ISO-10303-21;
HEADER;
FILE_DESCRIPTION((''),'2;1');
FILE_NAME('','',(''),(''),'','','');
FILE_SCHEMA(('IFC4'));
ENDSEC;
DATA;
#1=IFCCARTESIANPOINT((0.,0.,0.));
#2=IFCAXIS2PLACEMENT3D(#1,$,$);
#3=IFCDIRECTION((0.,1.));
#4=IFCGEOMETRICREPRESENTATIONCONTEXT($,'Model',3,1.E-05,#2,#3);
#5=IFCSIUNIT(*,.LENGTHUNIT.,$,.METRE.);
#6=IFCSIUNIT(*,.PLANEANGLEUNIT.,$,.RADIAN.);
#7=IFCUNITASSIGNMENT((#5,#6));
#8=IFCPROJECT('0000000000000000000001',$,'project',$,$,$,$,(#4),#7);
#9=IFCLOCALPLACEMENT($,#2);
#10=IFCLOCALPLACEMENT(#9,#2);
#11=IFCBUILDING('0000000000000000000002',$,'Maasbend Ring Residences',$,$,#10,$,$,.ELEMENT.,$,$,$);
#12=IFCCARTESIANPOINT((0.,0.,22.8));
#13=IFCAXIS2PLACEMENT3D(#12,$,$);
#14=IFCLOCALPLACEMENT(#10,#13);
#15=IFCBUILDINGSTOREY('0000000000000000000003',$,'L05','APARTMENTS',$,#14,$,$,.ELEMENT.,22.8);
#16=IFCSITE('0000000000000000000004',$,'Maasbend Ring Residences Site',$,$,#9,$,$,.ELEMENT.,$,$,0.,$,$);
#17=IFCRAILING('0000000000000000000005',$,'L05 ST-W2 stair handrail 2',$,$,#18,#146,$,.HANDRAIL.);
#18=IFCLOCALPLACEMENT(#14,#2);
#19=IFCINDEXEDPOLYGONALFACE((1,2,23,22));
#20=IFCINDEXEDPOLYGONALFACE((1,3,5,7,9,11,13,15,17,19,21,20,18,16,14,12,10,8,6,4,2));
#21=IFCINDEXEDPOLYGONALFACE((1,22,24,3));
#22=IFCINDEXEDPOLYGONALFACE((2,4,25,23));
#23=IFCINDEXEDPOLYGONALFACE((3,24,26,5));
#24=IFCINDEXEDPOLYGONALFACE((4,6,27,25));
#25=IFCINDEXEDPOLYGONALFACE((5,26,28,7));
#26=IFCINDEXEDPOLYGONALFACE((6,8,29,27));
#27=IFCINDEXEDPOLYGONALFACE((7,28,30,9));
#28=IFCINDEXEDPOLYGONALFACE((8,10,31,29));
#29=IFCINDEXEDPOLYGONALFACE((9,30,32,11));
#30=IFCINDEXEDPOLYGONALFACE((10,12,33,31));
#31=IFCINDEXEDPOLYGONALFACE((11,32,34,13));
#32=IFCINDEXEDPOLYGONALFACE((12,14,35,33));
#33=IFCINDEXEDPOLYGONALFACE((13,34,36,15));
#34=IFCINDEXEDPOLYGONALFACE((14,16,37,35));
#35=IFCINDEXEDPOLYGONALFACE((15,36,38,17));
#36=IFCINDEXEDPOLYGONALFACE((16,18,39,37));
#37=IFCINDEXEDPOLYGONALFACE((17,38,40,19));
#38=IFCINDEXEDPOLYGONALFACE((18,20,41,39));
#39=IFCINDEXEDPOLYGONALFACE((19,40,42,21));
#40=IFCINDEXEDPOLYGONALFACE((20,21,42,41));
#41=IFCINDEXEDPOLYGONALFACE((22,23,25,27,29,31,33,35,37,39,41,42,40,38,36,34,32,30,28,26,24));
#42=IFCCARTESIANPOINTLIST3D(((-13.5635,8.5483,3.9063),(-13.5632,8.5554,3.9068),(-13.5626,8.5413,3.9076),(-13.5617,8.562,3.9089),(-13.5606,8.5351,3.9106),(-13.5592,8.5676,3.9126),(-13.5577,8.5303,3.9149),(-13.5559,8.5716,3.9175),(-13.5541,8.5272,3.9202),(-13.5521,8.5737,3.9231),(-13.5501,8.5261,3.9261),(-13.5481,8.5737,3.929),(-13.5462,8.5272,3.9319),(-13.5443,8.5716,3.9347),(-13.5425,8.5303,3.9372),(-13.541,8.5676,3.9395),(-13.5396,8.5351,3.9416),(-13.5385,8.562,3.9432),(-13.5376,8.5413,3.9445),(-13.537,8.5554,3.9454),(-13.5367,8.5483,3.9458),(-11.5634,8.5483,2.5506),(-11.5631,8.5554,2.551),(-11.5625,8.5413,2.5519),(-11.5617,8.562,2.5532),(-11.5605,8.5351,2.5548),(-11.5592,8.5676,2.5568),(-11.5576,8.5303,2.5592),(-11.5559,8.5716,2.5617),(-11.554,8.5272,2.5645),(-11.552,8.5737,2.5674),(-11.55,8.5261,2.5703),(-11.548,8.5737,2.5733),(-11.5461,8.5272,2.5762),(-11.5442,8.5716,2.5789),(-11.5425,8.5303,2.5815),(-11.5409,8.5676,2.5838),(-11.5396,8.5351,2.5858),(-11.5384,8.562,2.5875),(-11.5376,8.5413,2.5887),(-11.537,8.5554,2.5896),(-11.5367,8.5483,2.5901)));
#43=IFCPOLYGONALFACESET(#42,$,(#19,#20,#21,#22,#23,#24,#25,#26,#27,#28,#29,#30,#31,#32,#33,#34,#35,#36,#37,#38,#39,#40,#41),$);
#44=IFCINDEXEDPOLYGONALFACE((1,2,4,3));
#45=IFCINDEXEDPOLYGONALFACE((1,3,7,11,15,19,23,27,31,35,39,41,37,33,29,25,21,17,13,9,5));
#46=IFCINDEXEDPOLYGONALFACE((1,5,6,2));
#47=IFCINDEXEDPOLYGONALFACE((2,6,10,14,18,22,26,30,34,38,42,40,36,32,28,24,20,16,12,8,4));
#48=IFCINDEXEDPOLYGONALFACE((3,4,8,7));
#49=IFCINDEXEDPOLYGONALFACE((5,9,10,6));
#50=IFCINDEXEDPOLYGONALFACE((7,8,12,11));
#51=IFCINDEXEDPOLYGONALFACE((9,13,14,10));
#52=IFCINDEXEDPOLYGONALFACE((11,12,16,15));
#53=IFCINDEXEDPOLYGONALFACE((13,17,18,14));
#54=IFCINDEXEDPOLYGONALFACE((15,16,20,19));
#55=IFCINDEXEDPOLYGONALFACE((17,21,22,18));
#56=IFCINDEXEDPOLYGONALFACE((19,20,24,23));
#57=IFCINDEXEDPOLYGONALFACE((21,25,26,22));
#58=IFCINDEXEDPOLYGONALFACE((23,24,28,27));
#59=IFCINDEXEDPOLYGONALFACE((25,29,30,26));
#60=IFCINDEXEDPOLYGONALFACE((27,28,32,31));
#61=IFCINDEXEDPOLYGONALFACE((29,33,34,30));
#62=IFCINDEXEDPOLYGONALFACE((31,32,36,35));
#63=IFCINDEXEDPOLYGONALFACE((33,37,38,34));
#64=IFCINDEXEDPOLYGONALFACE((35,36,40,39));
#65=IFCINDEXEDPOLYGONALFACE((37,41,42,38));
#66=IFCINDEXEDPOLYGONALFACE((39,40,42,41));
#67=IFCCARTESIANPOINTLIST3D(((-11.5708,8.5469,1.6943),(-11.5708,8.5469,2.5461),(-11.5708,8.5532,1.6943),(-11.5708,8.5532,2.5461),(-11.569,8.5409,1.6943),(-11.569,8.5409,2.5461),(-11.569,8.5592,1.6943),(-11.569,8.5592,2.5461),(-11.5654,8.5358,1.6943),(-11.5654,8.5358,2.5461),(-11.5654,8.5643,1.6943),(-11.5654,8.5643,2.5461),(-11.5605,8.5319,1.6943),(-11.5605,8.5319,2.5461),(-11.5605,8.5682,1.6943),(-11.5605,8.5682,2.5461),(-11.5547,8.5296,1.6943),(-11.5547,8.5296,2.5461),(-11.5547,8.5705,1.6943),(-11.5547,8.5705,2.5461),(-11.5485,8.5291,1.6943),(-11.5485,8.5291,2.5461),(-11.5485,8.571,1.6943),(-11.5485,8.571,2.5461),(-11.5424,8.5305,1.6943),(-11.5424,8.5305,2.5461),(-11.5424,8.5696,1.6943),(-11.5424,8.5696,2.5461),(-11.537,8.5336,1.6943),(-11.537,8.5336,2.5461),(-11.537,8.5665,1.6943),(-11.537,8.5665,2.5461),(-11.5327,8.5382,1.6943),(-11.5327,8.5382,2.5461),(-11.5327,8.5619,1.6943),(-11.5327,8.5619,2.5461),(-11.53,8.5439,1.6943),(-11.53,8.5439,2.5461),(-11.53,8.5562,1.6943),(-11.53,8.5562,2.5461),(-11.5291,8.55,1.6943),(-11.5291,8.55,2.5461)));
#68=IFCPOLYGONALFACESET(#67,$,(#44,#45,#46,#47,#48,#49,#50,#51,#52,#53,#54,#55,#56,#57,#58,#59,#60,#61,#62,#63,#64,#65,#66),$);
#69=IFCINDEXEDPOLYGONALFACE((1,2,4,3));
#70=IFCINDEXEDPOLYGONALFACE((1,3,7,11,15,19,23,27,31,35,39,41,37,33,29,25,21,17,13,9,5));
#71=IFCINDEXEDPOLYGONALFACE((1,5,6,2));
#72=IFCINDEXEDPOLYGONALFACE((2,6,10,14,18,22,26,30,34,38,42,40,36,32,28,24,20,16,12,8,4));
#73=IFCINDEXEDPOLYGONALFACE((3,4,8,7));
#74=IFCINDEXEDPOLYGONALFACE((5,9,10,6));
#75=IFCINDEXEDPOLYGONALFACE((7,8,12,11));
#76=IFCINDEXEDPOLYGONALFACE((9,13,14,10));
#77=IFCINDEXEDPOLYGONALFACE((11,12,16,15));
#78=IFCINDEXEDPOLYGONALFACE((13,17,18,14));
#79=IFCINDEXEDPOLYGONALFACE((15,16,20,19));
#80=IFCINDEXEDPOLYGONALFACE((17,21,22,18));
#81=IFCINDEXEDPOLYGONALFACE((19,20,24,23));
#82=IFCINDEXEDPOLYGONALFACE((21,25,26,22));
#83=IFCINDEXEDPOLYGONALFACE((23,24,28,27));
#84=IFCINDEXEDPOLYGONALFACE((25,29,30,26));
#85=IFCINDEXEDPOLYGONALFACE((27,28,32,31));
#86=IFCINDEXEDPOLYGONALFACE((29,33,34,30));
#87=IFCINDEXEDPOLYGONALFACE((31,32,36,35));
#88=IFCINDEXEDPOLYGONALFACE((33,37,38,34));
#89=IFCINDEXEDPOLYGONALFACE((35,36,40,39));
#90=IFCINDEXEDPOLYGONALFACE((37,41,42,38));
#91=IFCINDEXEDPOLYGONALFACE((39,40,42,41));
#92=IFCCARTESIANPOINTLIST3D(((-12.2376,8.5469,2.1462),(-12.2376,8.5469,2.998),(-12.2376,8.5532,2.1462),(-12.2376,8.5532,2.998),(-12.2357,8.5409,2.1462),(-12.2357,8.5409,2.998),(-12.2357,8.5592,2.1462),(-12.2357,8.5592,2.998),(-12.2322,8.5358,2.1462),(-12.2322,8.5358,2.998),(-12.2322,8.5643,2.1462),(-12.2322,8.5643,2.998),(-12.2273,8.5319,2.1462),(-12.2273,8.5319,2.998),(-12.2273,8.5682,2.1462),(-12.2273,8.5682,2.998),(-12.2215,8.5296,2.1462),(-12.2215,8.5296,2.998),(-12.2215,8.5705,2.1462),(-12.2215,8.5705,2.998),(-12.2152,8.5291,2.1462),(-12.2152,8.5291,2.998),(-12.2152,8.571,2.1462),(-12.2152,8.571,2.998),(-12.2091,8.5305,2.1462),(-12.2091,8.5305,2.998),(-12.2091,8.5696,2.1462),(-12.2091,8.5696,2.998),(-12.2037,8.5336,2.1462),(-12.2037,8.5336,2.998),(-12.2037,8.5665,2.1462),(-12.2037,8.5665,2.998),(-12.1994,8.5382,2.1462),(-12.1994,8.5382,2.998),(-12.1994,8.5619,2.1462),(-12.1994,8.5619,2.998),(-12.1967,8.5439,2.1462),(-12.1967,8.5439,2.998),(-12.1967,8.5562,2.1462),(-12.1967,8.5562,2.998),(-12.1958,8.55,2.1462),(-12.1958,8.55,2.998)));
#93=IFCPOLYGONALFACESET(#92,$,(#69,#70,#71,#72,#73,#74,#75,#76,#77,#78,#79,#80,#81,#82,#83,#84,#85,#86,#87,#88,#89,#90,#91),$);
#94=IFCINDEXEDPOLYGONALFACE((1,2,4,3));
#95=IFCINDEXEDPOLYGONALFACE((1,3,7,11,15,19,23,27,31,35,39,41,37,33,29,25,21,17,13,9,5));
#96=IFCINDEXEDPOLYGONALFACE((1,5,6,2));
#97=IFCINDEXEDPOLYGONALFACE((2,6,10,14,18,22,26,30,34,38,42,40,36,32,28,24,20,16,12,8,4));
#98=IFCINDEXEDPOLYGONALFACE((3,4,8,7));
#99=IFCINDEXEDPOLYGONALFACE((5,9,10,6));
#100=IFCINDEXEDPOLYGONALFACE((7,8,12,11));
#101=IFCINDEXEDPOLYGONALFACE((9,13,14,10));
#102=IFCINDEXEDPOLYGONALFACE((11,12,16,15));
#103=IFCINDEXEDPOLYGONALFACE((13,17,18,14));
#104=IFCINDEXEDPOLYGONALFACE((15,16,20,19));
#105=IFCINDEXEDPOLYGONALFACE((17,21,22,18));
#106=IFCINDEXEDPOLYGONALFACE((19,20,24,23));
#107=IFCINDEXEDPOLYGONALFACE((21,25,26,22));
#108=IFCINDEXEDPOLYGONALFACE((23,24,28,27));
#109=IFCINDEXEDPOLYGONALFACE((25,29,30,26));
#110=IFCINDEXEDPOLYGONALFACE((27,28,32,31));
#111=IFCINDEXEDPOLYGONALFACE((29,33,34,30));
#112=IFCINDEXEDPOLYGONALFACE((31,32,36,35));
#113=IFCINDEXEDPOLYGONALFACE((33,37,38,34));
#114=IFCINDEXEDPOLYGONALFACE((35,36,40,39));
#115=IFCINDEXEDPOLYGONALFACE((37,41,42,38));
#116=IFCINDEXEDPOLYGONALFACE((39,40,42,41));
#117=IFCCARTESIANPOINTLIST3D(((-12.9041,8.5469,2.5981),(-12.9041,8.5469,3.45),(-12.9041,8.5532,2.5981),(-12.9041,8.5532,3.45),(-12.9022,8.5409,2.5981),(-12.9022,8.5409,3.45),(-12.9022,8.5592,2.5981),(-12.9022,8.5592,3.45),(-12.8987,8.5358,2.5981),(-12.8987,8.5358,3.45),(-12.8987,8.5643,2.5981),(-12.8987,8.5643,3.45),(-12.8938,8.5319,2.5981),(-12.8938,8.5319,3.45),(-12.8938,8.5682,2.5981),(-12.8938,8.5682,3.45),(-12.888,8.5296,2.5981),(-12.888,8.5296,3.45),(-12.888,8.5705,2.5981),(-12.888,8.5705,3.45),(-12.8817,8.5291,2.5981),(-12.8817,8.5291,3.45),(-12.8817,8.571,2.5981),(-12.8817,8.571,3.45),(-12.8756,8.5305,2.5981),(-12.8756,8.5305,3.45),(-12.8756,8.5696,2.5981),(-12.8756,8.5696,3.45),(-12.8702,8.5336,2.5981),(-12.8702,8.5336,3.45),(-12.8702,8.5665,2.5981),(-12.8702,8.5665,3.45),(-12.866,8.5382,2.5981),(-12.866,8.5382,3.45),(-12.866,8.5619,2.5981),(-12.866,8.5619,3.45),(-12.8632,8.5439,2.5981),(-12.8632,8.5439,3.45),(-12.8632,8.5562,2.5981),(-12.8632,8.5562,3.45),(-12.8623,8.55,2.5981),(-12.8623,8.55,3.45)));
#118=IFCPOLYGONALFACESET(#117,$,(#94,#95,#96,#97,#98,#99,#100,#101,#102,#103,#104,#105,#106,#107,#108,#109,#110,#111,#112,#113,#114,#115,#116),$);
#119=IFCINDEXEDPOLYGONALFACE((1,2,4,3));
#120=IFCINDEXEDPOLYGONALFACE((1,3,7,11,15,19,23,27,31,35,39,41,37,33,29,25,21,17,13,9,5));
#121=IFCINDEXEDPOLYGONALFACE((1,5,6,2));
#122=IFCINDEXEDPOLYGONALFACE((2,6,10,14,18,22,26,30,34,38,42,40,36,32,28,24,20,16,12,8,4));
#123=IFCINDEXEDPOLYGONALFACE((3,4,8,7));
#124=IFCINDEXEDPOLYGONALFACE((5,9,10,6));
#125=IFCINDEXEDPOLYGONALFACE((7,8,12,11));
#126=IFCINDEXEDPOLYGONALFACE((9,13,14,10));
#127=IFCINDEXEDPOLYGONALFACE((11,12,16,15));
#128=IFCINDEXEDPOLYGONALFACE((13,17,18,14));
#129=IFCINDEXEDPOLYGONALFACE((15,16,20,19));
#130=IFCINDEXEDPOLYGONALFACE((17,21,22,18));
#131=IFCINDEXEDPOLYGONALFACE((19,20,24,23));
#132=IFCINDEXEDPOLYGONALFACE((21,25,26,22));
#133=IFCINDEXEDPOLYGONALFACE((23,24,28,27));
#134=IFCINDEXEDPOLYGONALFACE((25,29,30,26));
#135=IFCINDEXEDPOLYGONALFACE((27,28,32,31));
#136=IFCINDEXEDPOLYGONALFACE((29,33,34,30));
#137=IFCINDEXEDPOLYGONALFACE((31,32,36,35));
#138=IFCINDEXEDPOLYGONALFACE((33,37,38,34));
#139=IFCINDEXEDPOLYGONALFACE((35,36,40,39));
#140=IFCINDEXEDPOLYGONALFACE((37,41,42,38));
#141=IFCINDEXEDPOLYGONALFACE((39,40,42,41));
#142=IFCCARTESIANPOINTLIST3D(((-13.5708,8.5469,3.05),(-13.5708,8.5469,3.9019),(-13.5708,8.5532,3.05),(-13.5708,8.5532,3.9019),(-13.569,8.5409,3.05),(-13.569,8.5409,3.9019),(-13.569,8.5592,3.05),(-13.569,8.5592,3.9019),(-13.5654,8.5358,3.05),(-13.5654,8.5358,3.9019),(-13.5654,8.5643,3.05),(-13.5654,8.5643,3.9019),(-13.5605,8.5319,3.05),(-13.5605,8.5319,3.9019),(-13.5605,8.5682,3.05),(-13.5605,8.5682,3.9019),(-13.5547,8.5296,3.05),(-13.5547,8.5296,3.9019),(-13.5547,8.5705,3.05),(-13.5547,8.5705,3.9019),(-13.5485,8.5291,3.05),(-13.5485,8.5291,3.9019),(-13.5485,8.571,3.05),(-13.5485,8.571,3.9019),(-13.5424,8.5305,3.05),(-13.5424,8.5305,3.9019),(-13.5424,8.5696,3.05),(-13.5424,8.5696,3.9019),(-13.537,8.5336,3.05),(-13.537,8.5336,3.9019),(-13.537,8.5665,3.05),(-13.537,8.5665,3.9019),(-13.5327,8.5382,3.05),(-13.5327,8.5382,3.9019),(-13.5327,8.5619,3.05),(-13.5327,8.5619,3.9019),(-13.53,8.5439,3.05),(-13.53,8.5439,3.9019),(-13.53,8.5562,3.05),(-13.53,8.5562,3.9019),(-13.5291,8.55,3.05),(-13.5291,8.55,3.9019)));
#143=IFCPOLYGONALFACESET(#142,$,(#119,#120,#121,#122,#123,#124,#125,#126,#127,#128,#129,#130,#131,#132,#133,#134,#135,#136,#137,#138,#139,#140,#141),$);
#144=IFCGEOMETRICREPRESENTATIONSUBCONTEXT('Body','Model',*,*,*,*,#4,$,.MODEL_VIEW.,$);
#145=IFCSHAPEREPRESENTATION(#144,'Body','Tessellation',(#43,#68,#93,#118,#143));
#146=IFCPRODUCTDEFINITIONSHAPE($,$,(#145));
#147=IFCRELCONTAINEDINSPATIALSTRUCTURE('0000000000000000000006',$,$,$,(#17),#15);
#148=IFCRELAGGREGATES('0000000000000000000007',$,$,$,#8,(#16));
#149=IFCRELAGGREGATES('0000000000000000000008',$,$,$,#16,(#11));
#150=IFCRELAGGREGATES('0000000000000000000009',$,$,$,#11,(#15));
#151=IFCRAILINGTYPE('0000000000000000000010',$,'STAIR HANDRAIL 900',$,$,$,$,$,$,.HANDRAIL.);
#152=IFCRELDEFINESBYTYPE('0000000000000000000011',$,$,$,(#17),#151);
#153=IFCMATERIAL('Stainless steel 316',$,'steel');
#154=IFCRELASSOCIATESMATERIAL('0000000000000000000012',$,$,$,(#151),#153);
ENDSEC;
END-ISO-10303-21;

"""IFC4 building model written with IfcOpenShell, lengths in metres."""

from ifc_helpers import new_model, si_unit, direction, frame, origin, origin_2d, place, context, subcontext, project, spatial, circle, extrude, material, type_object, element, save


model = new_model("IFC4")

# Units and contexts
model_context = context("Model", 3, precision=1e-05, world=origin(), true_north=direction((0.0, 1.0)))
body_context = subcontext(model_context, "Body", "Model", "MODEL_VIEW")
ifc_project = project(units=[si_unit("LENGTHUNIT", "METRE"), si_unit("PLANEANGLEUNIT", "RADIAN")], contexts=[model_context])

# Site, building, storey
site_placement = place(None, origin())
site = spatial("IfcSite", under=ifc_project, at=site_placement, Name="Maasbend Ring Residences Site", CompositionType="ELEMENT", RefElevation=0.0)
building_placement = place(site_placement, origin())
building = spatial("IfcBuilding", under=site, at=building_placement, Name="Maasbend Ring Residences", CompositionType="ELEMENT")
storey_placement = place(building_placement, frame((0.0, 0.0, 22.8)))
storey = spatial("IfcBuildingStorey", under=building, at=storey_placement, Name="L05", Description="APARTMENTS", CompositionType="ELEMENT", Elevation=22.8)

# Railing
ifc_material_1 = material(Name="Stainless steel 316", Category="steel")
railing_type_1 = type_object("IfcRailingType", Name="STAIR HANDRAIL 900", PredefinedType="HANDRAIL", material=ifc_material_1)
railing_1_placement = place(storey_placement, frame((-11.55, 8.55, 1.6943)))
element("IfcRailing", 1, at=railing_1_placement, inside=storey, type_object=railing_type_1, Name="L05 ST-W2 stair handrail 2", PredefinedType="HANDRAIL", context=body_context, shape_type="SweptSolid", body=[
    extrude(circle(Radius=0.0239, at=origin_2d()), frame((0.0, 0.0, 0.876), z_axis=(-0.827751, 0.0, 0.561096), x_axis=(0.0, -1.0, 0.0)), (0.0, 0.0, 1.0), 2.4163),
    extrude(circle(Radius=0.021, at=origin_2d()), origin(), (0.0, 0.0, 1.0), 0.8518),
    extrude(circle(Radius=0.021, at=origin_2d()), frame((-0.6667, 0.0, 0.4519)), (0.0, 0.0, 1.0), 0.8518),
    extrude(circle(Radius=0.021, at=origin_2d()), frame((-1.3333, 0.0, 0.9038)), (0.0, 0.0, 1.0), 0.8518),
    extrude(circle(Radius=0.021, at=origin_2d()), frame((-2.0, 0.0, 1.3557)), (0.0, 0.0, 1.0), 0.8518),
])

save(model, "model.ifc")
